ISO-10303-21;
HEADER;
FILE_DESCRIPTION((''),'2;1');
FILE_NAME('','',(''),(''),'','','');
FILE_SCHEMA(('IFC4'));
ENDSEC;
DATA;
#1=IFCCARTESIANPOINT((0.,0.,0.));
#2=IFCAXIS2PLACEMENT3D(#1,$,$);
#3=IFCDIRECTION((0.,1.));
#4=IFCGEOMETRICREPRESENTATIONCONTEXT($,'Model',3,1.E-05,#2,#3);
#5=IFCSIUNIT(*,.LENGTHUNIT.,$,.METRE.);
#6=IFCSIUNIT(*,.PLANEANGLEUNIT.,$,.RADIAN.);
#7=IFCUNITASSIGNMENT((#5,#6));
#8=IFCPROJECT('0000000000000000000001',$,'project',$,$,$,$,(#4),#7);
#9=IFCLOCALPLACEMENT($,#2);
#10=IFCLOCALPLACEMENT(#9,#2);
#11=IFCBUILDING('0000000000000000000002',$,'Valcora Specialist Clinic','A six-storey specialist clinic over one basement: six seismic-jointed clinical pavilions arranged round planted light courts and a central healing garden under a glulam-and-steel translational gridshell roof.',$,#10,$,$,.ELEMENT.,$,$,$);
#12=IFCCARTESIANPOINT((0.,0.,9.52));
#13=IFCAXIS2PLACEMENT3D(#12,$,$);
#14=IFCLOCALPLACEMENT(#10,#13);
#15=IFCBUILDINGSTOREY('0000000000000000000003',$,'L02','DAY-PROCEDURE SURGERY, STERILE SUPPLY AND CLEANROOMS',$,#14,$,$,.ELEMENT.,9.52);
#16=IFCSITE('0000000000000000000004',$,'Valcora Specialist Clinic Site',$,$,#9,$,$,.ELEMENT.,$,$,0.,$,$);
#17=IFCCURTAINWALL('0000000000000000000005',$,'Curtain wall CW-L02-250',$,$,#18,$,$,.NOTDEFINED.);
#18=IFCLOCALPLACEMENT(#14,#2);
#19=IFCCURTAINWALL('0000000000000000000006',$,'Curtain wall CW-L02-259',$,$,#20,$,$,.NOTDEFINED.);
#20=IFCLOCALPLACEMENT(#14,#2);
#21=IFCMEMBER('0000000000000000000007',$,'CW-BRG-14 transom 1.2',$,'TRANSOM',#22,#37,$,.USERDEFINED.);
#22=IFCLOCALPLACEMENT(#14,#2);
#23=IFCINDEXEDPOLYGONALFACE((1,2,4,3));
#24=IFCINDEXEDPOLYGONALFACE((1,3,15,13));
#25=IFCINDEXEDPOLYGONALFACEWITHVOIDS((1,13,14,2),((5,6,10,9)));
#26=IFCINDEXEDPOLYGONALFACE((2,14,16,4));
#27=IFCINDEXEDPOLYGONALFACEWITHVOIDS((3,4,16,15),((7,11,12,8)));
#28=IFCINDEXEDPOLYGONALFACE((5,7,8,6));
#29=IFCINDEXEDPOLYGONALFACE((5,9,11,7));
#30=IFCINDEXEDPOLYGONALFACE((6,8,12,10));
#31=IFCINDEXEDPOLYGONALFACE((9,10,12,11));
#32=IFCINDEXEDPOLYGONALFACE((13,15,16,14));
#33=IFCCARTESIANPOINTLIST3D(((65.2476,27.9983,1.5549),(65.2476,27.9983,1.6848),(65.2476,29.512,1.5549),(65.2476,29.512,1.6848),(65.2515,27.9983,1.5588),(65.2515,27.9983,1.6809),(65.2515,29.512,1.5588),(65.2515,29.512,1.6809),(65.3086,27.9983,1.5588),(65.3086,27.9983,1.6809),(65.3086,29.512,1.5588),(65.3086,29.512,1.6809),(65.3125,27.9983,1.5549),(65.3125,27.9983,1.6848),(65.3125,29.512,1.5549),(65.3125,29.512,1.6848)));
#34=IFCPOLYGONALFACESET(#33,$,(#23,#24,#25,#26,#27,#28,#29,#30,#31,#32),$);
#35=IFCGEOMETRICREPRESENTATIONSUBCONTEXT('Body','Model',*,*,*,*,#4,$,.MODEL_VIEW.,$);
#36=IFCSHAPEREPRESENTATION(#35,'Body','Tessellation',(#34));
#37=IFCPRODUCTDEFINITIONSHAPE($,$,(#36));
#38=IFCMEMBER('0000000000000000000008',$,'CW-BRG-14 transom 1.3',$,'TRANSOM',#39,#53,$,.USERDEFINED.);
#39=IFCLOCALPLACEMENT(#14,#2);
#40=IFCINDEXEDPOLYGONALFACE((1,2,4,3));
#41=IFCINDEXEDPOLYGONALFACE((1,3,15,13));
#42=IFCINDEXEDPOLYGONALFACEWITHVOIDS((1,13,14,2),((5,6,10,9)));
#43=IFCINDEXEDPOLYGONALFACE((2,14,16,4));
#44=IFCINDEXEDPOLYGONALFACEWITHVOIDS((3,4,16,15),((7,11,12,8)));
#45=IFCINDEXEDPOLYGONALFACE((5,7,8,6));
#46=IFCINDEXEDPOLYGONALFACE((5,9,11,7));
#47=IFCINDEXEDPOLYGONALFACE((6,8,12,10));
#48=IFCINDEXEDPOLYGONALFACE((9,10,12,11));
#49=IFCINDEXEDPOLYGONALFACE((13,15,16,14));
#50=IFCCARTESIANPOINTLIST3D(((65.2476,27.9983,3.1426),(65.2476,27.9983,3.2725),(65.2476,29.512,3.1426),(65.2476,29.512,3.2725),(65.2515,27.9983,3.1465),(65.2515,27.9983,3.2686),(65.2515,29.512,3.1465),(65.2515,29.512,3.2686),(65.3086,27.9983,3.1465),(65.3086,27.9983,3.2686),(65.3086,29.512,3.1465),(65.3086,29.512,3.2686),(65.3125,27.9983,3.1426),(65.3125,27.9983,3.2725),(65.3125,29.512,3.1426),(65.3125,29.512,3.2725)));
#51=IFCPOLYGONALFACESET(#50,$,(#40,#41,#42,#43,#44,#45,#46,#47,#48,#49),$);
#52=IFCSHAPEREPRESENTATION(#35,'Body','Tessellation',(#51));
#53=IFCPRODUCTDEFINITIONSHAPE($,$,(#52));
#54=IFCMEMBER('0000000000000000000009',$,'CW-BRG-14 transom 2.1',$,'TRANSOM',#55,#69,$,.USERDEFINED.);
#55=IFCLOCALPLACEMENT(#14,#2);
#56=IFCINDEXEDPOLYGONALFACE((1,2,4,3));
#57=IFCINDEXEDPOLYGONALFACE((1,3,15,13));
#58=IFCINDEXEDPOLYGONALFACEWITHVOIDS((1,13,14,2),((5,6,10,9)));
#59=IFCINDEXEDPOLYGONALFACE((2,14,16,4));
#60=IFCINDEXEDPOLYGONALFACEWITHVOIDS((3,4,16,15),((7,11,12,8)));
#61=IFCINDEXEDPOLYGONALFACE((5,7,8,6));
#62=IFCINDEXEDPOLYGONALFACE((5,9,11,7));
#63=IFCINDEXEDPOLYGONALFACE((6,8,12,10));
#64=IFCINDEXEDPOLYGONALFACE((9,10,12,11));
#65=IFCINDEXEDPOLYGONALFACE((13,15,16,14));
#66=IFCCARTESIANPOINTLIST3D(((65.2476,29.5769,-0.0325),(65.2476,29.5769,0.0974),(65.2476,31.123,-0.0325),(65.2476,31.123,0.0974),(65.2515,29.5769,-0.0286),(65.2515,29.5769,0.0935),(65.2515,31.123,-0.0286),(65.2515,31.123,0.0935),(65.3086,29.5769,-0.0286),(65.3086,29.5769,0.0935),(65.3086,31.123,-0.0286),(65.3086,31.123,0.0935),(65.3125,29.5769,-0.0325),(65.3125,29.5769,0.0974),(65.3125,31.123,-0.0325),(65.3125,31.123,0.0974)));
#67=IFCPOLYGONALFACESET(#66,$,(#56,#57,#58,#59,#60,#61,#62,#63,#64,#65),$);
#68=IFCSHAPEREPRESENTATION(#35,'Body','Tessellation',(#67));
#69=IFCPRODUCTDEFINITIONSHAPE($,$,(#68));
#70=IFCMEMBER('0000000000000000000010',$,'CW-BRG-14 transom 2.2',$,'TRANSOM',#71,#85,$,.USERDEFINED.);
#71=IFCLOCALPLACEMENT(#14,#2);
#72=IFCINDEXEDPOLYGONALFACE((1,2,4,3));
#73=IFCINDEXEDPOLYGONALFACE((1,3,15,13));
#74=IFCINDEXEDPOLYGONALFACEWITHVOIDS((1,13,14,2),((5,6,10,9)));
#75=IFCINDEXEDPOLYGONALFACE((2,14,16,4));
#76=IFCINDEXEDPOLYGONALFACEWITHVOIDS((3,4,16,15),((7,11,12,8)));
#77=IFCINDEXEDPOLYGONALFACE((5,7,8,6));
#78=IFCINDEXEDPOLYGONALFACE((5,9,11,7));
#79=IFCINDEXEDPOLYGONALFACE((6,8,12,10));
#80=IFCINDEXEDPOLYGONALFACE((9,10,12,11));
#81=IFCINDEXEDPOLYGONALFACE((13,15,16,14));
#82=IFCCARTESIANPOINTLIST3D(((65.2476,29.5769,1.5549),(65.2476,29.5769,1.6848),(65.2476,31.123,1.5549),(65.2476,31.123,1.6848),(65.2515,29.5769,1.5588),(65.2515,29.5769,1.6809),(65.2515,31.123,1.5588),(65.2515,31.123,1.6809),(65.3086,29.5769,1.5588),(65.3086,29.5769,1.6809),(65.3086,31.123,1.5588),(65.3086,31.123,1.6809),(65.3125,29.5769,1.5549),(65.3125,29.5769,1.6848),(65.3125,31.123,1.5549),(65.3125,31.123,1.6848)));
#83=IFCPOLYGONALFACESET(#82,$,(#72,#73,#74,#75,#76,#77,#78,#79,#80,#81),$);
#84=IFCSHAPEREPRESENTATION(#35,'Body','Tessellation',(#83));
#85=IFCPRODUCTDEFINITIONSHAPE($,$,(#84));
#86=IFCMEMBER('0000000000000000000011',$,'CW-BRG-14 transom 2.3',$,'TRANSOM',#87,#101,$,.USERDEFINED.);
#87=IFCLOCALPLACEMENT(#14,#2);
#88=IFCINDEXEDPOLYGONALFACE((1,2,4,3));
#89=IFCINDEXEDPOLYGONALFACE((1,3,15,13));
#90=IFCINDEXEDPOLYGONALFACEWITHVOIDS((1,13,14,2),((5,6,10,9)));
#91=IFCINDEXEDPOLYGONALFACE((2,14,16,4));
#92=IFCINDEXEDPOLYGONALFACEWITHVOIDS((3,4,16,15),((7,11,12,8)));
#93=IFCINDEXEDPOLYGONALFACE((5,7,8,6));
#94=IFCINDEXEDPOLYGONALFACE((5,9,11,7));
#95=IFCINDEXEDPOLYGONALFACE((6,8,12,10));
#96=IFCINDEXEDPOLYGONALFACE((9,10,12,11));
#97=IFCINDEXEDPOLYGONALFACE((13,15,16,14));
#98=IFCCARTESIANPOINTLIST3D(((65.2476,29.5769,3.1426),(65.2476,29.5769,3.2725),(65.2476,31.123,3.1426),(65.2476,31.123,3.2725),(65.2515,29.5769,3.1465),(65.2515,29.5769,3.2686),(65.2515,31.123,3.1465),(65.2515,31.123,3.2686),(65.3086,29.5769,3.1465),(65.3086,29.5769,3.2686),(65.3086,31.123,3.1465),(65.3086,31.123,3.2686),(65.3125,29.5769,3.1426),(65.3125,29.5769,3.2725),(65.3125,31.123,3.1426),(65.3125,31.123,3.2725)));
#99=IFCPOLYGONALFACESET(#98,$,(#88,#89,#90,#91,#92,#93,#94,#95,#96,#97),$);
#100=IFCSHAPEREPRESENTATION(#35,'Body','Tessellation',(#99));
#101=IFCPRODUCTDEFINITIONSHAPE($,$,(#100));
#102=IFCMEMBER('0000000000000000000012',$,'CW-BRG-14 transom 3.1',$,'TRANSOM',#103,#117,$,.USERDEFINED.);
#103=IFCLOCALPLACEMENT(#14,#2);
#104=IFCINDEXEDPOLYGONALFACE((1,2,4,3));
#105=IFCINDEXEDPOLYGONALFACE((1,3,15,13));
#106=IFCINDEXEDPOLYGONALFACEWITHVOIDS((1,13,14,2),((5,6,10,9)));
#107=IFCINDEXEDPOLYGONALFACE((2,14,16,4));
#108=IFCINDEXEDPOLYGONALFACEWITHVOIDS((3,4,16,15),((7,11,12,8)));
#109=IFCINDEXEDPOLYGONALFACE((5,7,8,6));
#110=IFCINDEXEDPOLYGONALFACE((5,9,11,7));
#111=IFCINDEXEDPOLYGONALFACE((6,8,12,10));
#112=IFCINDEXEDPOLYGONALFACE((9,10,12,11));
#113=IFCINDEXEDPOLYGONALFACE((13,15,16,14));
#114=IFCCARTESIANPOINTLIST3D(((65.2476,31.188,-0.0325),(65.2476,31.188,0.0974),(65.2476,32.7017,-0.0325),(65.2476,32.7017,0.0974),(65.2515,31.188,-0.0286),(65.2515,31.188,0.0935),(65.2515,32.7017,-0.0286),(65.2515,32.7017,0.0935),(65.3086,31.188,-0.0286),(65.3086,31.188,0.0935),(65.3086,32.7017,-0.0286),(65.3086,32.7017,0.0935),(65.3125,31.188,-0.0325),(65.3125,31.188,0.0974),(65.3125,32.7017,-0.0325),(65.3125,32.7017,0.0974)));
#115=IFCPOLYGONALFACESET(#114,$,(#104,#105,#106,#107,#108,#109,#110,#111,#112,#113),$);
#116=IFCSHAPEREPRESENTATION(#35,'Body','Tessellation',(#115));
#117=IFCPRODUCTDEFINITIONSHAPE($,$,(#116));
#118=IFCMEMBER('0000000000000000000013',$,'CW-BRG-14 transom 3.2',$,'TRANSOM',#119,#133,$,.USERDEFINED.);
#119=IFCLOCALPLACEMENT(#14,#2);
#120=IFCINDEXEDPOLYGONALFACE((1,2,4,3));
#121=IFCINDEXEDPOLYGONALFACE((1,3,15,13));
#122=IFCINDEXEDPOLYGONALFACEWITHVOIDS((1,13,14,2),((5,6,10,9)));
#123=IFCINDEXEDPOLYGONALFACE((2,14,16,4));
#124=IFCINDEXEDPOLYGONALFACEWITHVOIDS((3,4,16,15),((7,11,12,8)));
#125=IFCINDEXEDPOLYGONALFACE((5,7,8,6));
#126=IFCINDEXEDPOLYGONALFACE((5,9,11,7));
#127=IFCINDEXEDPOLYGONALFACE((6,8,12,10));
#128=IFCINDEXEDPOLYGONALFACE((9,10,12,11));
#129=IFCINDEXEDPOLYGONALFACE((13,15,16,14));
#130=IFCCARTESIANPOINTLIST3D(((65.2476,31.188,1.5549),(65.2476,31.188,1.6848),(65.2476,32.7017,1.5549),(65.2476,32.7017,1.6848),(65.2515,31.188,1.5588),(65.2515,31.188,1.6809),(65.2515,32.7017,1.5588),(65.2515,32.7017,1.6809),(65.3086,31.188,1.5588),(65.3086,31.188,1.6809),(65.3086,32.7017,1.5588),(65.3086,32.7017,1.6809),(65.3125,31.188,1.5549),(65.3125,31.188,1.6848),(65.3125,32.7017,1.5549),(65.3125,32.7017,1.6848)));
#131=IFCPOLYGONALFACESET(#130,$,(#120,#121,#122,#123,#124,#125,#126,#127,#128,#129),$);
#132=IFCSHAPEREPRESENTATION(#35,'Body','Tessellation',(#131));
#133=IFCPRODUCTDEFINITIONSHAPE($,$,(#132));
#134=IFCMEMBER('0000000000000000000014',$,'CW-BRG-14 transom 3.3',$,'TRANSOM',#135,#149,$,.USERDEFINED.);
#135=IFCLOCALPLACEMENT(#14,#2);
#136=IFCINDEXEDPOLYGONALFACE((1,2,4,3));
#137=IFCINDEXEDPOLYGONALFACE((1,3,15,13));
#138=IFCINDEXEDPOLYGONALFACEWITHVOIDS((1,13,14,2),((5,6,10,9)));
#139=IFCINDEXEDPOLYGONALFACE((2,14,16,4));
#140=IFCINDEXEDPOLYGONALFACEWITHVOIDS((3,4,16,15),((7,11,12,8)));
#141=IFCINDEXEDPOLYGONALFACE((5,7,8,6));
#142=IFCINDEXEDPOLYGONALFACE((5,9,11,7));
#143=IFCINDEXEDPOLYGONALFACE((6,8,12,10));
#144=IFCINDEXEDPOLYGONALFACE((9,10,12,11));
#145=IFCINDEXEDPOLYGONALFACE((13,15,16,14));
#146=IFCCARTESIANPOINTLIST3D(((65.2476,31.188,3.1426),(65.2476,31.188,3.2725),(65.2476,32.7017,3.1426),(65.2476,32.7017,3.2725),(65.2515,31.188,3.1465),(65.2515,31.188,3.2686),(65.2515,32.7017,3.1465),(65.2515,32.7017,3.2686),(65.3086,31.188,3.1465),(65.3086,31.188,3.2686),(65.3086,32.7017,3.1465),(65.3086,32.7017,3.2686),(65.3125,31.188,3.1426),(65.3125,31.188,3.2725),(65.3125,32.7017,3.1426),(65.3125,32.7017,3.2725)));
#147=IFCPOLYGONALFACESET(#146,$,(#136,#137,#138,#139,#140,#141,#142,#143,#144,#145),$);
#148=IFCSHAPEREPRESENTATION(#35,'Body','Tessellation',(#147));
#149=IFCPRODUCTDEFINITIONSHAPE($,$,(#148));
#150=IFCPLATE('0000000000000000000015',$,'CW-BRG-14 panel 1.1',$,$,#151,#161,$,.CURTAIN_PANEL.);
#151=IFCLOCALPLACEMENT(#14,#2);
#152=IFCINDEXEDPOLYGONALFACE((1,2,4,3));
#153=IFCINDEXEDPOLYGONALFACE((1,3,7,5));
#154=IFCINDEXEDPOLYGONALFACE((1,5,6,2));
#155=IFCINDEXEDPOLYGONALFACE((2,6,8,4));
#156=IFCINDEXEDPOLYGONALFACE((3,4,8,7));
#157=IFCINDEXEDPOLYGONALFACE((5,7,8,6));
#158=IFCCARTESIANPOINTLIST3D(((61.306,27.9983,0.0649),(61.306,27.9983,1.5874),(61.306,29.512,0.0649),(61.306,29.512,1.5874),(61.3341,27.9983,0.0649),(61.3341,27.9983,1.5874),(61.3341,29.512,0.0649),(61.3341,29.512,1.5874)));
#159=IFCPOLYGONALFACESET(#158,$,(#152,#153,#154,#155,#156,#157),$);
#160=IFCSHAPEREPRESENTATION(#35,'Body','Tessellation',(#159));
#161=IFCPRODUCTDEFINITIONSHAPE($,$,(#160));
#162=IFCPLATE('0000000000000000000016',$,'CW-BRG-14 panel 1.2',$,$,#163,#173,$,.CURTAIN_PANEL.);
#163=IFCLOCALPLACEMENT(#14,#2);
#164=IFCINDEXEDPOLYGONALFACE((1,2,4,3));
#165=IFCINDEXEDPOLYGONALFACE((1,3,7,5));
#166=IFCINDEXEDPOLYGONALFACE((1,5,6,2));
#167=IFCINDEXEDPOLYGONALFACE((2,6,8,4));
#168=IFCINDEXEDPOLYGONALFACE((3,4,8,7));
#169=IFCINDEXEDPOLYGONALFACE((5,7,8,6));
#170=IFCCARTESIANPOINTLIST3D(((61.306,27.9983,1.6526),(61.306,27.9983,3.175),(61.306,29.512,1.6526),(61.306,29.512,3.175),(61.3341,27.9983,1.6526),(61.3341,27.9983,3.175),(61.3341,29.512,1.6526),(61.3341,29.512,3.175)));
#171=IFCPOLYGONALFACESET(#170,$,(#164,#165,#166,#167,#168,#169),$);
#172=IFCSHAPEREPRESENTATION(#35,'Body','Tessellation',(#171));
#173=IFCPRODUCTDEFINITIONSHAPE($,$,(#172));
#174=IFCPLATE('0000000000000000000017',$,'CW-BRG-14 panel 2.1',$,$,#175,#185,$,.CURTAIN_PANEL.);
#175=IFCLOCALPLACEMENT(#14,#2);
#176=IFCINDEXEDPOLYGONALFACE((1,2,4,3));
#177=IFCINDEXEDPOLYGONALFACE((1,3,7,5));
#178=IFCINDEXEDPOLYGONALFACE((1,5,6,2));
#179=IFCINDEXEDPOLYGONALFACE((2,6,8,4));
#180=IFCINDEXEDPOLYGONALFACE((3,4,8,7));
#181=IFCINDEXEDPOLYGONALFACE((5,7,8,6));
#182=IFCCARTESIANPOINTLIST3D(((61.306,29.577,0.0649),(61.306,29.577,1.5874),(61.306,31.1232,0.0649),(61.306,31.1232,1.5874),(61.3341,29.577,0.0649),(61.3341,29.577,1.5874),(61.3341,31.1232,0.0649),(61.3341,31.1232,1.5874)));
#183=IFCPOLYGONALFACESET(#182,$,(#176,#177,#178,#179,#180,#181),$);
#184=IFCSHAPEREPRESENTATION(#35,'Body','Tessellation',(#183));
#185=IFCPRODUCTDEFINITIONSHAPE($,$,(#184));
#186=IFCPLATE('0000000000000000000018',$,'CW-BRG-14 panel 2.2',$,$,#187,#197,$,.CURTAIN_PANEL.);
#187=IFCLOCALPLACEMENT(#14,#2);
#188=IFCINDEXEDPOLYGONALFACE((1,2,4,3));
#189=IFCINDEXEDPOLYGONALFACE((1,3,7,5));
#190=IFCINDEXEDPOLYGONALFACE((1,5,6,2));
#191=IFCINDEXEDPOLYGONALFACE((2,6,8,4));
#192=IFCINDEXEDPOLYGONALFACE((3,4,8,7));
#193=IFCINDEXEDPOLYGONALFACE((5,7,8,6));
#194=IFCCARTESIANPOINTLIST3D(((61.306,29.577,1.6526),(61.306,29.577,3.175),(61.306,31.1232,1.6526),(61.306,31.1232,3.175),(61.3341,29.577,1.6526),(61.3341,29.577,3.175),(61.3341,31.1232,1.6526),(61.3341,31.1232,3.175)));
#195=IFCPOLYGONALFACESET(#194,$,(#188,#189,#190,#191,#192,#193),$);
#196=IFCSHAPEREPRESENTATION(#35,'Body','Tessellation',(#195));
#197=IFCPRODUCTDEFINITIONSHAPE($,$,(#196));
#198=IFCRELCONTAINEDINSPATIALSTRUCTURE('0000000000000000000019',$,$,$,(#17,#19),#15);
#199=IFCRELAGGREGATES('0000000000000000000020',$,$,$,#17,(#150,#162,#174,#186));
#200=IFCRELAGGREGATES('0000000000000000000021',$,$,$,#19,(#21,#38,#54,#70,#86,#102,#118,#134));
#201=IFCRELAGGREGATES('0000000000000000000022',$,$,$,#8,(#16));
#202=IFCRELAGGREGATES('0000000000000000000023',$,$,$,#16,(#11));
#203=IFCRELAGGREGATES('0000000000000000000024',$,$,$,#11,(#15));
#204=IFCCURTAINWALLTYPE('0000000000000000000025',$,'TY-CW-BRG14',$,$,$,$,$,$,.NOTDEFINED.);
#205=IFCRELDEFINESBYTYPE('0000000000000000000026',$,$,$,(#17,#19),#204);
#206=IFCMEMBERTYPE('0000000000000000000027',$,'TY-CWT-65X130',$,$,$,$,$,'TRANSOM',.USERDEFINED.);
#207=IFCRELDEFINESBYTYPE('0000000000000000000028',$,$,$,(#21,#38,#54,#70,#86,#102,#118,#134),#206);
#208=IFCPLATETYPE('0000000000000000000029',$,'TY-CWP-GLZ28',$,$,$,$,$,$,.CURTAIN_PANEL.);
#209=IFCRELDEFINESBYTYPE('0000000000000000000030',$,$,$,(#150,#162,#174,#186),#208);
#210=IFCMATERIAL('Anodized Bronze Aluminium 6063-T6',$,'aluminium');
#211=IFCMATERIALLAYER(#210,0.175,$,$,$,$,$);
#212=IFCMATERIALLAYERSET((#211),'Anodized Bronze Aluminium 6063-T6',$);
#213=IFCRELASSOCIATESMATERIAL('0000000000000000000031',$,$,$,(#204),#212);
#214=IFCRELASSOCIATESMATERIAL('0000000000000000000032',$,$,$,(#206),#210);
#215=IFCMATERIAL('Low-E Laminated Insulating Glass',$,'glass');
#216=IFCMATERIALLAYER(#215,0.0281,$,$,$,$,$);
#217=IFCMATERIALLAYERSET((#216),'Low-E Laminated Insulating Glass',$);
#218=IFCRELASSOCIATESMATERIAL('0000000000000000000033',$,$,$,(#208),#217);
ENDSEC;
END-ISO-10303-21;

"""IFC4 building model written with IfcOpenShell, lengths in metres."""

from ifc_helpers import new_model, si_unit, direction, frame, origin, origin_2d, place, context, subcontext, project, spatial, rectangle, hollow_rectangle, extrude, material, layer, layer_set, material_profile, profile_set, type_object, element, aggregate, save


model = new_model("IFC4")

# Units and contexts
model_context = context("Model", 3, precision=1e-05, world=origin(), true_north=direction((0.0, 1.0)))
body_context = subcontext(model_context, "Body", "Model", "MODEL_VIEW")
ifc_project = project(units=[si_unit("LENGTHUNIT", "METRE"), si_unit("PLANEANGLEUNIT", "RADIAN")], contexts=[model_context])

# Site, building, storey
site_placement = place(None, origin())
site = spatial("IfcSite", under=ifc_project, at=site_placement, Name="Valcora Specialist Clinic Site", CompositionType="ELEMENT", RefElevation=0.0)
building_placement = place(site_placement, origin())
building = spatial("IfcBuilding", under=site, at=building_placement, Name="Valcora Specialist Clinic", Description="A six-storey specialist clinic over one basement: six seismic-jointed clinical pavilions arranged round planted light courts and a central healing garden under a glulam-and-steel translational gridshell roof.", CompositionType="ELEMENT")
storey_placement = place(building_placement, frame((0.0, 0.0, 9.52)))
storey = spatial("IfcBuildingStorey", under=building, at=storey_placement, Name="L02", Description="DAY-PROCEDURE SURGERY, STERILE SUPPLY AND CLEANROOMS", CompositionType="ELEMENT", Elevation=9.52)

# Curtain walls
ifc_material_1 = material(Name="Anodized Bronze Aluminium 6063-T6", Category="aluminium")
ifc_layer_1 = layer(ifc_material_1, 0.175)
ifc_layer_set_1 = layer_set([ifc_layer_1], Name="Anodized Bronze Aluminium 6063-T6")
curtain_wall_type = type_object("IfcCurtainWallType", Name="TY-CW-BRG14", PredefinedType="NOTDEFINED", material=ifc_layer_set_1)
curtain_wall_1_placement = place(storey_placement, origin())
curtain_wall_1 = element("IfcCurtainWall", 1, at=curtain_wall_1_placement, inside=storey, type_object=curtain_wall_type, Name="Curtain wall CW-L02-250", PredefinedType="NOTDEFINED")
curtain_wall_2_placement = place(storey_placement, origin())
curtain_wall_2 = element("IfcCurtainWall", 2, at=curtain_wall_2_placement, inside=storey, type_object=curtain_wall_type, Name="Curtain wall CW-L02-259", PredefinedType="NOTDEFINED")

# Members
ifc_material_profile_1 = material_profile(ifc_material_1, hollow_rectangle(XDim=0.0649, YDim=0.1299, WallThickness=0.0039, at=origin_2d()), Name="AL-TRN-65X130")
ifc_profile_set_1 = profile_set([ifc_material_profile_1], Name="Anodized Bronze Aluminium 6063-T6")
member_type_1 = type_object("IfcMemberType", Name="TY-CWT-65X130", ElementType="TRANSOM", PredefinedType="USERDEFINED", material=ifc_profile_set_1)
member_1_placement = place(storey_placement, frame((65.28, 27.9983, 1.6199), z_axis=(0.0, 1.0, 0.0), x_axis=(-1.0, 0.0, 0.0)))
member_1 = element("IfcMember", 3, at=member_1_placement, type_object=member_type_1, Name="CW-BRG-14 transom 1.2", ObjectType="TRANSOM", PredefinedType="USERDEFINED", context=body_context, shape_type="SweptSolid", body=[
    extrude(hollow_rectangle(XDim=0.0649, YDim=0.1299, WallThickness=0.0039, at=origin_2d()), origin(), (0.0, 0.0, 1.0), 1.5137),
])
member_2_placement = place(storey_placement, frame((65.28, 27.9983, 3.2075), z_axis=(0.0, 1.0, 0.0), x_axis=(-1.0, 0.0, 0.0)))
member_2 = element("IfcMember", 4, at=member_2_placement, type_object=member_type_1, Name="CW-BRG-14 transom 1.3", ObjectType="TRANSOM", PredefinedType="USERDEFINED", context=body_context, shape_type="SweptSolid", body=[
    extrude(hollow_rectangle(XDim=0.0649, YDim=0.1299, WallThickness=0.0039, at=origin_2d()), origin(), (0.0, 0.0, 1.0), 1.5137),
])
member_3_placement = place(storey_placement, frame((65.28, 29.5769, 0.0325), z_axis=(0.0, 1.0, 0.0), x_axis=(-1.0, 0.0, 0.0)))
member_3 = element("IfcMember", 5, at=member_3_placement, type_object=member_type_1, Name="CW-BRG-14 transom 2.1", ObjectType="TRANSOM", PredefinedType="USERDEFINED", context=body_context, shape_type="SweptSolid", body=[
    extrude(hollow_rectangle(XDim=0.0649, YDim=0.1299, WallThickness=0.0039, at=origin_2d()), origin(), (0.0, 0.0, 1.0), 1.5461),
])
member_4_placement = place(storey_placement, frame((65.28, 29.5769, 1.6199), z_axis=(0.0, 1.0, 0.0), x_axis=(-1.0, 0.0, 0.0)))
member_4 = element("IfcMember", 6, at=member_4_placement, type_object=member_type_1, Name="CW-BRG-14 transom 2.2", ObjectType="TRANSOM", PredefinedType="USERDEFINED", context=body_context, shape_type="SweptSolid", body=[
    extrude(hollow_rectangle(XDim=0.0649, YDim=0.1299, WallThickness=0.0039, at=origin_2d()), origin(), (0.0, 0.0, 1.0), 1.5461),
])
member_5_placement = place(storey_placement, frame((65.28, 29.5769, 3.2075), z_axis=(0.0, 1.0, 0.0), x_axis=(-1.0, 0.0, 0.0)))
member_5 = element("IfcMember", 7, at=member_5_placement, type_object=member_type_1, Name="CW-BRG-14 transom 2.3", ObjectType="TRANSOM", PredefinedType="USERDEFINED", context=body_context, shape_type="SweptSolid", body=[
    extrude(hollow_rectangle(XDim=0.0649, YDim=0.1299, WallThickness=0.0039, at=origin_2d()), origin(), (0.0, 0.0, 1.0), 1.5461),
])
member_6_placement = place(storey_placement, frame((65.28, 31.188, 0.0325), z_axis=(0.0, 1.0, 0.0), x_axis=(-1.0, 0.0, 0.0)))
member_6 = element("IfcMember", 8, at=member_6_placement, type_object=member_type_1, Name="CW-BRG-14 transom 3.1", ObjectType="TRANSOM", PredefinedType="USERDEFINED", context=body_context, shape_type="SweptSolid", body=[
    extrude(hollow_rectangle(XDim=0.0649, YDim=0.1299, WallThickness=0.0039, at=origin_2d()), origin(), (0.0, 0.0, 1.0), 1.5137),
])
member_7_placement = place(storey_placement, frame((65.28, 31.188, 1.6199), z_axis=(0.0, 1.0, 0.0), x_axis=(-1.0, 0.0, 0.0)))
member_7 = element("IfcMember", 9, at=member_7_placement, type_object=member_type_1, Name="CW-BRG-14 transom 3.2", ObjectType="TRANSOM", PredefinedType="USERDEFINED", context=body_context, shape_type="SweptSolid", body=[
    extrude(hollow_rectangle(XDim=0.0649, YDim=0.1299, WallThickness=0.0039, at=origin_2d()), origin(), (0.0, 0.0, 1.0), 1.5137),
])
member_8_placement = place(storey_placement, frame((65.28, 31.188, 3.2075), z_axis=(0.0, 1.0, 0.0), x_axis=(-1.0, 0.0, 0.0)))
member_8 = element("IfcMember", 10, at=member_8_placement, type_object=member_type_1, Name="CW-BRG-14 transom 3.3", ObjectType="TRANSOM", PredefinedType="USERDEFINED", context=body_context, shape_type="SweptSolid", body=[
    extrude(hollow_rectangle(XDim=0.0649, YDim=0.1299, WallThickness=0.0039, at=origin_2d()), origin(), (0.0, 0.0, 1.0), 1.5137),
])

# Plates
ifc_material_2 = material(Name="Low-E Laminated Insulating Glass", Category="glass")
ifc_layer_2 = layer(ifc_material_2, 0.0281)
ifc_layer_set_2 = layer_set([ifc_layer_2], Name="Low-E Laminated Insulating Glass")
plate_type_1 = type_object("IfcPlateType", Name="TY-CWP-GLZ28", PredefinedType="CURTAIN_PANEL", material=ifc_layer_set_2)
plate_1_placement = place(storey_placement, frame((61.3201, 28.7551, 0.0649), z_axis=(0.0, 0.0, 1.0), x_axis=(0.0, 1.0, 0.0)))
plate_1 = element("IfcPlate", 11, at=plate_1_placement, type_object=plate_type_1, Name="CW-BRG-14 panel 1.1", PredefinedType="CURTAIN_PANEL", context=body_context, shape_type="SweptSolid", body=[
    extrude(rectangle(XDim=1.5137, YDim=0.0281, at=origin_2d()), origin(), (0.0, 0.0, 1.0), 1.5225),
])
plate_2_placement = place(storey_placement, frame((61.3201, 28.7551, 1.6526), z_axis=(0.0, 0.0, 1.0), x_axis=(0.0, 1.0, 0.0)))
plate_2 = element("IfcPlate", 12, at=plate_2_placement, type_object=plate_type_1, Name="CW-BRG-14 panel 1.2", PredefinedType="CURTAIN_PANEL", context=body_context, shape_type="SweptSolid", body=[
    extrude(rectangle(XDim=1.5137, YDim=0.0281, at=origin_2d()), origin(), (0.0, 0.0, 1.0), 1.5225),
])
plate_3_placement = place(storey_placement, frame((61.3201, 30.3501, 0.0649), z_axis=(0.0, 0.0, 1.0), x_axis=(0.0, 1.0, 0.0)))
plate_3 = element("IfcPlate", 13, at=plate_3_placement, type_object=plate_type_1, Name="CW-BRG-14 panel 2.1", PredefinedType="CURTAIN_PANEL", context=body_context, shape_type="SweptSolid", body=[
    extrude(rectangle(XDim=1.5461, YDim=0.0281, at=origin_2d()), origin(), (0.0, 0.0, 1.0), 1.5225),
])
plate_4_placement = place(storey_placement, frame((61.3201, 30.3501, 1.6526), z_axis=(0.0, 0.0, 1.0), x_axis=(0.0, 1.0, 0.0)))
plate_4 = element("IfcPlate", 14, at=plate_4_placement, type_object=plate_type_1, Name="CW-BRG-14 panel 2.2", PredefinedType="CURTAIN_PANEL", context=body_context, shape_type="SweptSolid", body=[
    extrude(rectangle(XDim=1.5461, YDim=0.0281, at=origin_2d()), origin(), (0.0, 0.0, 1.0), 1.5225),
])
aggregate(curtain_wall_1, [plate_1, plate_2, plate_3, plate_4])
aggregate(curtain_wall_2, [member_1, member_2, member_3, member_4, member_5, member_6, member_7, member_8])

save(model, "model.ifc")
